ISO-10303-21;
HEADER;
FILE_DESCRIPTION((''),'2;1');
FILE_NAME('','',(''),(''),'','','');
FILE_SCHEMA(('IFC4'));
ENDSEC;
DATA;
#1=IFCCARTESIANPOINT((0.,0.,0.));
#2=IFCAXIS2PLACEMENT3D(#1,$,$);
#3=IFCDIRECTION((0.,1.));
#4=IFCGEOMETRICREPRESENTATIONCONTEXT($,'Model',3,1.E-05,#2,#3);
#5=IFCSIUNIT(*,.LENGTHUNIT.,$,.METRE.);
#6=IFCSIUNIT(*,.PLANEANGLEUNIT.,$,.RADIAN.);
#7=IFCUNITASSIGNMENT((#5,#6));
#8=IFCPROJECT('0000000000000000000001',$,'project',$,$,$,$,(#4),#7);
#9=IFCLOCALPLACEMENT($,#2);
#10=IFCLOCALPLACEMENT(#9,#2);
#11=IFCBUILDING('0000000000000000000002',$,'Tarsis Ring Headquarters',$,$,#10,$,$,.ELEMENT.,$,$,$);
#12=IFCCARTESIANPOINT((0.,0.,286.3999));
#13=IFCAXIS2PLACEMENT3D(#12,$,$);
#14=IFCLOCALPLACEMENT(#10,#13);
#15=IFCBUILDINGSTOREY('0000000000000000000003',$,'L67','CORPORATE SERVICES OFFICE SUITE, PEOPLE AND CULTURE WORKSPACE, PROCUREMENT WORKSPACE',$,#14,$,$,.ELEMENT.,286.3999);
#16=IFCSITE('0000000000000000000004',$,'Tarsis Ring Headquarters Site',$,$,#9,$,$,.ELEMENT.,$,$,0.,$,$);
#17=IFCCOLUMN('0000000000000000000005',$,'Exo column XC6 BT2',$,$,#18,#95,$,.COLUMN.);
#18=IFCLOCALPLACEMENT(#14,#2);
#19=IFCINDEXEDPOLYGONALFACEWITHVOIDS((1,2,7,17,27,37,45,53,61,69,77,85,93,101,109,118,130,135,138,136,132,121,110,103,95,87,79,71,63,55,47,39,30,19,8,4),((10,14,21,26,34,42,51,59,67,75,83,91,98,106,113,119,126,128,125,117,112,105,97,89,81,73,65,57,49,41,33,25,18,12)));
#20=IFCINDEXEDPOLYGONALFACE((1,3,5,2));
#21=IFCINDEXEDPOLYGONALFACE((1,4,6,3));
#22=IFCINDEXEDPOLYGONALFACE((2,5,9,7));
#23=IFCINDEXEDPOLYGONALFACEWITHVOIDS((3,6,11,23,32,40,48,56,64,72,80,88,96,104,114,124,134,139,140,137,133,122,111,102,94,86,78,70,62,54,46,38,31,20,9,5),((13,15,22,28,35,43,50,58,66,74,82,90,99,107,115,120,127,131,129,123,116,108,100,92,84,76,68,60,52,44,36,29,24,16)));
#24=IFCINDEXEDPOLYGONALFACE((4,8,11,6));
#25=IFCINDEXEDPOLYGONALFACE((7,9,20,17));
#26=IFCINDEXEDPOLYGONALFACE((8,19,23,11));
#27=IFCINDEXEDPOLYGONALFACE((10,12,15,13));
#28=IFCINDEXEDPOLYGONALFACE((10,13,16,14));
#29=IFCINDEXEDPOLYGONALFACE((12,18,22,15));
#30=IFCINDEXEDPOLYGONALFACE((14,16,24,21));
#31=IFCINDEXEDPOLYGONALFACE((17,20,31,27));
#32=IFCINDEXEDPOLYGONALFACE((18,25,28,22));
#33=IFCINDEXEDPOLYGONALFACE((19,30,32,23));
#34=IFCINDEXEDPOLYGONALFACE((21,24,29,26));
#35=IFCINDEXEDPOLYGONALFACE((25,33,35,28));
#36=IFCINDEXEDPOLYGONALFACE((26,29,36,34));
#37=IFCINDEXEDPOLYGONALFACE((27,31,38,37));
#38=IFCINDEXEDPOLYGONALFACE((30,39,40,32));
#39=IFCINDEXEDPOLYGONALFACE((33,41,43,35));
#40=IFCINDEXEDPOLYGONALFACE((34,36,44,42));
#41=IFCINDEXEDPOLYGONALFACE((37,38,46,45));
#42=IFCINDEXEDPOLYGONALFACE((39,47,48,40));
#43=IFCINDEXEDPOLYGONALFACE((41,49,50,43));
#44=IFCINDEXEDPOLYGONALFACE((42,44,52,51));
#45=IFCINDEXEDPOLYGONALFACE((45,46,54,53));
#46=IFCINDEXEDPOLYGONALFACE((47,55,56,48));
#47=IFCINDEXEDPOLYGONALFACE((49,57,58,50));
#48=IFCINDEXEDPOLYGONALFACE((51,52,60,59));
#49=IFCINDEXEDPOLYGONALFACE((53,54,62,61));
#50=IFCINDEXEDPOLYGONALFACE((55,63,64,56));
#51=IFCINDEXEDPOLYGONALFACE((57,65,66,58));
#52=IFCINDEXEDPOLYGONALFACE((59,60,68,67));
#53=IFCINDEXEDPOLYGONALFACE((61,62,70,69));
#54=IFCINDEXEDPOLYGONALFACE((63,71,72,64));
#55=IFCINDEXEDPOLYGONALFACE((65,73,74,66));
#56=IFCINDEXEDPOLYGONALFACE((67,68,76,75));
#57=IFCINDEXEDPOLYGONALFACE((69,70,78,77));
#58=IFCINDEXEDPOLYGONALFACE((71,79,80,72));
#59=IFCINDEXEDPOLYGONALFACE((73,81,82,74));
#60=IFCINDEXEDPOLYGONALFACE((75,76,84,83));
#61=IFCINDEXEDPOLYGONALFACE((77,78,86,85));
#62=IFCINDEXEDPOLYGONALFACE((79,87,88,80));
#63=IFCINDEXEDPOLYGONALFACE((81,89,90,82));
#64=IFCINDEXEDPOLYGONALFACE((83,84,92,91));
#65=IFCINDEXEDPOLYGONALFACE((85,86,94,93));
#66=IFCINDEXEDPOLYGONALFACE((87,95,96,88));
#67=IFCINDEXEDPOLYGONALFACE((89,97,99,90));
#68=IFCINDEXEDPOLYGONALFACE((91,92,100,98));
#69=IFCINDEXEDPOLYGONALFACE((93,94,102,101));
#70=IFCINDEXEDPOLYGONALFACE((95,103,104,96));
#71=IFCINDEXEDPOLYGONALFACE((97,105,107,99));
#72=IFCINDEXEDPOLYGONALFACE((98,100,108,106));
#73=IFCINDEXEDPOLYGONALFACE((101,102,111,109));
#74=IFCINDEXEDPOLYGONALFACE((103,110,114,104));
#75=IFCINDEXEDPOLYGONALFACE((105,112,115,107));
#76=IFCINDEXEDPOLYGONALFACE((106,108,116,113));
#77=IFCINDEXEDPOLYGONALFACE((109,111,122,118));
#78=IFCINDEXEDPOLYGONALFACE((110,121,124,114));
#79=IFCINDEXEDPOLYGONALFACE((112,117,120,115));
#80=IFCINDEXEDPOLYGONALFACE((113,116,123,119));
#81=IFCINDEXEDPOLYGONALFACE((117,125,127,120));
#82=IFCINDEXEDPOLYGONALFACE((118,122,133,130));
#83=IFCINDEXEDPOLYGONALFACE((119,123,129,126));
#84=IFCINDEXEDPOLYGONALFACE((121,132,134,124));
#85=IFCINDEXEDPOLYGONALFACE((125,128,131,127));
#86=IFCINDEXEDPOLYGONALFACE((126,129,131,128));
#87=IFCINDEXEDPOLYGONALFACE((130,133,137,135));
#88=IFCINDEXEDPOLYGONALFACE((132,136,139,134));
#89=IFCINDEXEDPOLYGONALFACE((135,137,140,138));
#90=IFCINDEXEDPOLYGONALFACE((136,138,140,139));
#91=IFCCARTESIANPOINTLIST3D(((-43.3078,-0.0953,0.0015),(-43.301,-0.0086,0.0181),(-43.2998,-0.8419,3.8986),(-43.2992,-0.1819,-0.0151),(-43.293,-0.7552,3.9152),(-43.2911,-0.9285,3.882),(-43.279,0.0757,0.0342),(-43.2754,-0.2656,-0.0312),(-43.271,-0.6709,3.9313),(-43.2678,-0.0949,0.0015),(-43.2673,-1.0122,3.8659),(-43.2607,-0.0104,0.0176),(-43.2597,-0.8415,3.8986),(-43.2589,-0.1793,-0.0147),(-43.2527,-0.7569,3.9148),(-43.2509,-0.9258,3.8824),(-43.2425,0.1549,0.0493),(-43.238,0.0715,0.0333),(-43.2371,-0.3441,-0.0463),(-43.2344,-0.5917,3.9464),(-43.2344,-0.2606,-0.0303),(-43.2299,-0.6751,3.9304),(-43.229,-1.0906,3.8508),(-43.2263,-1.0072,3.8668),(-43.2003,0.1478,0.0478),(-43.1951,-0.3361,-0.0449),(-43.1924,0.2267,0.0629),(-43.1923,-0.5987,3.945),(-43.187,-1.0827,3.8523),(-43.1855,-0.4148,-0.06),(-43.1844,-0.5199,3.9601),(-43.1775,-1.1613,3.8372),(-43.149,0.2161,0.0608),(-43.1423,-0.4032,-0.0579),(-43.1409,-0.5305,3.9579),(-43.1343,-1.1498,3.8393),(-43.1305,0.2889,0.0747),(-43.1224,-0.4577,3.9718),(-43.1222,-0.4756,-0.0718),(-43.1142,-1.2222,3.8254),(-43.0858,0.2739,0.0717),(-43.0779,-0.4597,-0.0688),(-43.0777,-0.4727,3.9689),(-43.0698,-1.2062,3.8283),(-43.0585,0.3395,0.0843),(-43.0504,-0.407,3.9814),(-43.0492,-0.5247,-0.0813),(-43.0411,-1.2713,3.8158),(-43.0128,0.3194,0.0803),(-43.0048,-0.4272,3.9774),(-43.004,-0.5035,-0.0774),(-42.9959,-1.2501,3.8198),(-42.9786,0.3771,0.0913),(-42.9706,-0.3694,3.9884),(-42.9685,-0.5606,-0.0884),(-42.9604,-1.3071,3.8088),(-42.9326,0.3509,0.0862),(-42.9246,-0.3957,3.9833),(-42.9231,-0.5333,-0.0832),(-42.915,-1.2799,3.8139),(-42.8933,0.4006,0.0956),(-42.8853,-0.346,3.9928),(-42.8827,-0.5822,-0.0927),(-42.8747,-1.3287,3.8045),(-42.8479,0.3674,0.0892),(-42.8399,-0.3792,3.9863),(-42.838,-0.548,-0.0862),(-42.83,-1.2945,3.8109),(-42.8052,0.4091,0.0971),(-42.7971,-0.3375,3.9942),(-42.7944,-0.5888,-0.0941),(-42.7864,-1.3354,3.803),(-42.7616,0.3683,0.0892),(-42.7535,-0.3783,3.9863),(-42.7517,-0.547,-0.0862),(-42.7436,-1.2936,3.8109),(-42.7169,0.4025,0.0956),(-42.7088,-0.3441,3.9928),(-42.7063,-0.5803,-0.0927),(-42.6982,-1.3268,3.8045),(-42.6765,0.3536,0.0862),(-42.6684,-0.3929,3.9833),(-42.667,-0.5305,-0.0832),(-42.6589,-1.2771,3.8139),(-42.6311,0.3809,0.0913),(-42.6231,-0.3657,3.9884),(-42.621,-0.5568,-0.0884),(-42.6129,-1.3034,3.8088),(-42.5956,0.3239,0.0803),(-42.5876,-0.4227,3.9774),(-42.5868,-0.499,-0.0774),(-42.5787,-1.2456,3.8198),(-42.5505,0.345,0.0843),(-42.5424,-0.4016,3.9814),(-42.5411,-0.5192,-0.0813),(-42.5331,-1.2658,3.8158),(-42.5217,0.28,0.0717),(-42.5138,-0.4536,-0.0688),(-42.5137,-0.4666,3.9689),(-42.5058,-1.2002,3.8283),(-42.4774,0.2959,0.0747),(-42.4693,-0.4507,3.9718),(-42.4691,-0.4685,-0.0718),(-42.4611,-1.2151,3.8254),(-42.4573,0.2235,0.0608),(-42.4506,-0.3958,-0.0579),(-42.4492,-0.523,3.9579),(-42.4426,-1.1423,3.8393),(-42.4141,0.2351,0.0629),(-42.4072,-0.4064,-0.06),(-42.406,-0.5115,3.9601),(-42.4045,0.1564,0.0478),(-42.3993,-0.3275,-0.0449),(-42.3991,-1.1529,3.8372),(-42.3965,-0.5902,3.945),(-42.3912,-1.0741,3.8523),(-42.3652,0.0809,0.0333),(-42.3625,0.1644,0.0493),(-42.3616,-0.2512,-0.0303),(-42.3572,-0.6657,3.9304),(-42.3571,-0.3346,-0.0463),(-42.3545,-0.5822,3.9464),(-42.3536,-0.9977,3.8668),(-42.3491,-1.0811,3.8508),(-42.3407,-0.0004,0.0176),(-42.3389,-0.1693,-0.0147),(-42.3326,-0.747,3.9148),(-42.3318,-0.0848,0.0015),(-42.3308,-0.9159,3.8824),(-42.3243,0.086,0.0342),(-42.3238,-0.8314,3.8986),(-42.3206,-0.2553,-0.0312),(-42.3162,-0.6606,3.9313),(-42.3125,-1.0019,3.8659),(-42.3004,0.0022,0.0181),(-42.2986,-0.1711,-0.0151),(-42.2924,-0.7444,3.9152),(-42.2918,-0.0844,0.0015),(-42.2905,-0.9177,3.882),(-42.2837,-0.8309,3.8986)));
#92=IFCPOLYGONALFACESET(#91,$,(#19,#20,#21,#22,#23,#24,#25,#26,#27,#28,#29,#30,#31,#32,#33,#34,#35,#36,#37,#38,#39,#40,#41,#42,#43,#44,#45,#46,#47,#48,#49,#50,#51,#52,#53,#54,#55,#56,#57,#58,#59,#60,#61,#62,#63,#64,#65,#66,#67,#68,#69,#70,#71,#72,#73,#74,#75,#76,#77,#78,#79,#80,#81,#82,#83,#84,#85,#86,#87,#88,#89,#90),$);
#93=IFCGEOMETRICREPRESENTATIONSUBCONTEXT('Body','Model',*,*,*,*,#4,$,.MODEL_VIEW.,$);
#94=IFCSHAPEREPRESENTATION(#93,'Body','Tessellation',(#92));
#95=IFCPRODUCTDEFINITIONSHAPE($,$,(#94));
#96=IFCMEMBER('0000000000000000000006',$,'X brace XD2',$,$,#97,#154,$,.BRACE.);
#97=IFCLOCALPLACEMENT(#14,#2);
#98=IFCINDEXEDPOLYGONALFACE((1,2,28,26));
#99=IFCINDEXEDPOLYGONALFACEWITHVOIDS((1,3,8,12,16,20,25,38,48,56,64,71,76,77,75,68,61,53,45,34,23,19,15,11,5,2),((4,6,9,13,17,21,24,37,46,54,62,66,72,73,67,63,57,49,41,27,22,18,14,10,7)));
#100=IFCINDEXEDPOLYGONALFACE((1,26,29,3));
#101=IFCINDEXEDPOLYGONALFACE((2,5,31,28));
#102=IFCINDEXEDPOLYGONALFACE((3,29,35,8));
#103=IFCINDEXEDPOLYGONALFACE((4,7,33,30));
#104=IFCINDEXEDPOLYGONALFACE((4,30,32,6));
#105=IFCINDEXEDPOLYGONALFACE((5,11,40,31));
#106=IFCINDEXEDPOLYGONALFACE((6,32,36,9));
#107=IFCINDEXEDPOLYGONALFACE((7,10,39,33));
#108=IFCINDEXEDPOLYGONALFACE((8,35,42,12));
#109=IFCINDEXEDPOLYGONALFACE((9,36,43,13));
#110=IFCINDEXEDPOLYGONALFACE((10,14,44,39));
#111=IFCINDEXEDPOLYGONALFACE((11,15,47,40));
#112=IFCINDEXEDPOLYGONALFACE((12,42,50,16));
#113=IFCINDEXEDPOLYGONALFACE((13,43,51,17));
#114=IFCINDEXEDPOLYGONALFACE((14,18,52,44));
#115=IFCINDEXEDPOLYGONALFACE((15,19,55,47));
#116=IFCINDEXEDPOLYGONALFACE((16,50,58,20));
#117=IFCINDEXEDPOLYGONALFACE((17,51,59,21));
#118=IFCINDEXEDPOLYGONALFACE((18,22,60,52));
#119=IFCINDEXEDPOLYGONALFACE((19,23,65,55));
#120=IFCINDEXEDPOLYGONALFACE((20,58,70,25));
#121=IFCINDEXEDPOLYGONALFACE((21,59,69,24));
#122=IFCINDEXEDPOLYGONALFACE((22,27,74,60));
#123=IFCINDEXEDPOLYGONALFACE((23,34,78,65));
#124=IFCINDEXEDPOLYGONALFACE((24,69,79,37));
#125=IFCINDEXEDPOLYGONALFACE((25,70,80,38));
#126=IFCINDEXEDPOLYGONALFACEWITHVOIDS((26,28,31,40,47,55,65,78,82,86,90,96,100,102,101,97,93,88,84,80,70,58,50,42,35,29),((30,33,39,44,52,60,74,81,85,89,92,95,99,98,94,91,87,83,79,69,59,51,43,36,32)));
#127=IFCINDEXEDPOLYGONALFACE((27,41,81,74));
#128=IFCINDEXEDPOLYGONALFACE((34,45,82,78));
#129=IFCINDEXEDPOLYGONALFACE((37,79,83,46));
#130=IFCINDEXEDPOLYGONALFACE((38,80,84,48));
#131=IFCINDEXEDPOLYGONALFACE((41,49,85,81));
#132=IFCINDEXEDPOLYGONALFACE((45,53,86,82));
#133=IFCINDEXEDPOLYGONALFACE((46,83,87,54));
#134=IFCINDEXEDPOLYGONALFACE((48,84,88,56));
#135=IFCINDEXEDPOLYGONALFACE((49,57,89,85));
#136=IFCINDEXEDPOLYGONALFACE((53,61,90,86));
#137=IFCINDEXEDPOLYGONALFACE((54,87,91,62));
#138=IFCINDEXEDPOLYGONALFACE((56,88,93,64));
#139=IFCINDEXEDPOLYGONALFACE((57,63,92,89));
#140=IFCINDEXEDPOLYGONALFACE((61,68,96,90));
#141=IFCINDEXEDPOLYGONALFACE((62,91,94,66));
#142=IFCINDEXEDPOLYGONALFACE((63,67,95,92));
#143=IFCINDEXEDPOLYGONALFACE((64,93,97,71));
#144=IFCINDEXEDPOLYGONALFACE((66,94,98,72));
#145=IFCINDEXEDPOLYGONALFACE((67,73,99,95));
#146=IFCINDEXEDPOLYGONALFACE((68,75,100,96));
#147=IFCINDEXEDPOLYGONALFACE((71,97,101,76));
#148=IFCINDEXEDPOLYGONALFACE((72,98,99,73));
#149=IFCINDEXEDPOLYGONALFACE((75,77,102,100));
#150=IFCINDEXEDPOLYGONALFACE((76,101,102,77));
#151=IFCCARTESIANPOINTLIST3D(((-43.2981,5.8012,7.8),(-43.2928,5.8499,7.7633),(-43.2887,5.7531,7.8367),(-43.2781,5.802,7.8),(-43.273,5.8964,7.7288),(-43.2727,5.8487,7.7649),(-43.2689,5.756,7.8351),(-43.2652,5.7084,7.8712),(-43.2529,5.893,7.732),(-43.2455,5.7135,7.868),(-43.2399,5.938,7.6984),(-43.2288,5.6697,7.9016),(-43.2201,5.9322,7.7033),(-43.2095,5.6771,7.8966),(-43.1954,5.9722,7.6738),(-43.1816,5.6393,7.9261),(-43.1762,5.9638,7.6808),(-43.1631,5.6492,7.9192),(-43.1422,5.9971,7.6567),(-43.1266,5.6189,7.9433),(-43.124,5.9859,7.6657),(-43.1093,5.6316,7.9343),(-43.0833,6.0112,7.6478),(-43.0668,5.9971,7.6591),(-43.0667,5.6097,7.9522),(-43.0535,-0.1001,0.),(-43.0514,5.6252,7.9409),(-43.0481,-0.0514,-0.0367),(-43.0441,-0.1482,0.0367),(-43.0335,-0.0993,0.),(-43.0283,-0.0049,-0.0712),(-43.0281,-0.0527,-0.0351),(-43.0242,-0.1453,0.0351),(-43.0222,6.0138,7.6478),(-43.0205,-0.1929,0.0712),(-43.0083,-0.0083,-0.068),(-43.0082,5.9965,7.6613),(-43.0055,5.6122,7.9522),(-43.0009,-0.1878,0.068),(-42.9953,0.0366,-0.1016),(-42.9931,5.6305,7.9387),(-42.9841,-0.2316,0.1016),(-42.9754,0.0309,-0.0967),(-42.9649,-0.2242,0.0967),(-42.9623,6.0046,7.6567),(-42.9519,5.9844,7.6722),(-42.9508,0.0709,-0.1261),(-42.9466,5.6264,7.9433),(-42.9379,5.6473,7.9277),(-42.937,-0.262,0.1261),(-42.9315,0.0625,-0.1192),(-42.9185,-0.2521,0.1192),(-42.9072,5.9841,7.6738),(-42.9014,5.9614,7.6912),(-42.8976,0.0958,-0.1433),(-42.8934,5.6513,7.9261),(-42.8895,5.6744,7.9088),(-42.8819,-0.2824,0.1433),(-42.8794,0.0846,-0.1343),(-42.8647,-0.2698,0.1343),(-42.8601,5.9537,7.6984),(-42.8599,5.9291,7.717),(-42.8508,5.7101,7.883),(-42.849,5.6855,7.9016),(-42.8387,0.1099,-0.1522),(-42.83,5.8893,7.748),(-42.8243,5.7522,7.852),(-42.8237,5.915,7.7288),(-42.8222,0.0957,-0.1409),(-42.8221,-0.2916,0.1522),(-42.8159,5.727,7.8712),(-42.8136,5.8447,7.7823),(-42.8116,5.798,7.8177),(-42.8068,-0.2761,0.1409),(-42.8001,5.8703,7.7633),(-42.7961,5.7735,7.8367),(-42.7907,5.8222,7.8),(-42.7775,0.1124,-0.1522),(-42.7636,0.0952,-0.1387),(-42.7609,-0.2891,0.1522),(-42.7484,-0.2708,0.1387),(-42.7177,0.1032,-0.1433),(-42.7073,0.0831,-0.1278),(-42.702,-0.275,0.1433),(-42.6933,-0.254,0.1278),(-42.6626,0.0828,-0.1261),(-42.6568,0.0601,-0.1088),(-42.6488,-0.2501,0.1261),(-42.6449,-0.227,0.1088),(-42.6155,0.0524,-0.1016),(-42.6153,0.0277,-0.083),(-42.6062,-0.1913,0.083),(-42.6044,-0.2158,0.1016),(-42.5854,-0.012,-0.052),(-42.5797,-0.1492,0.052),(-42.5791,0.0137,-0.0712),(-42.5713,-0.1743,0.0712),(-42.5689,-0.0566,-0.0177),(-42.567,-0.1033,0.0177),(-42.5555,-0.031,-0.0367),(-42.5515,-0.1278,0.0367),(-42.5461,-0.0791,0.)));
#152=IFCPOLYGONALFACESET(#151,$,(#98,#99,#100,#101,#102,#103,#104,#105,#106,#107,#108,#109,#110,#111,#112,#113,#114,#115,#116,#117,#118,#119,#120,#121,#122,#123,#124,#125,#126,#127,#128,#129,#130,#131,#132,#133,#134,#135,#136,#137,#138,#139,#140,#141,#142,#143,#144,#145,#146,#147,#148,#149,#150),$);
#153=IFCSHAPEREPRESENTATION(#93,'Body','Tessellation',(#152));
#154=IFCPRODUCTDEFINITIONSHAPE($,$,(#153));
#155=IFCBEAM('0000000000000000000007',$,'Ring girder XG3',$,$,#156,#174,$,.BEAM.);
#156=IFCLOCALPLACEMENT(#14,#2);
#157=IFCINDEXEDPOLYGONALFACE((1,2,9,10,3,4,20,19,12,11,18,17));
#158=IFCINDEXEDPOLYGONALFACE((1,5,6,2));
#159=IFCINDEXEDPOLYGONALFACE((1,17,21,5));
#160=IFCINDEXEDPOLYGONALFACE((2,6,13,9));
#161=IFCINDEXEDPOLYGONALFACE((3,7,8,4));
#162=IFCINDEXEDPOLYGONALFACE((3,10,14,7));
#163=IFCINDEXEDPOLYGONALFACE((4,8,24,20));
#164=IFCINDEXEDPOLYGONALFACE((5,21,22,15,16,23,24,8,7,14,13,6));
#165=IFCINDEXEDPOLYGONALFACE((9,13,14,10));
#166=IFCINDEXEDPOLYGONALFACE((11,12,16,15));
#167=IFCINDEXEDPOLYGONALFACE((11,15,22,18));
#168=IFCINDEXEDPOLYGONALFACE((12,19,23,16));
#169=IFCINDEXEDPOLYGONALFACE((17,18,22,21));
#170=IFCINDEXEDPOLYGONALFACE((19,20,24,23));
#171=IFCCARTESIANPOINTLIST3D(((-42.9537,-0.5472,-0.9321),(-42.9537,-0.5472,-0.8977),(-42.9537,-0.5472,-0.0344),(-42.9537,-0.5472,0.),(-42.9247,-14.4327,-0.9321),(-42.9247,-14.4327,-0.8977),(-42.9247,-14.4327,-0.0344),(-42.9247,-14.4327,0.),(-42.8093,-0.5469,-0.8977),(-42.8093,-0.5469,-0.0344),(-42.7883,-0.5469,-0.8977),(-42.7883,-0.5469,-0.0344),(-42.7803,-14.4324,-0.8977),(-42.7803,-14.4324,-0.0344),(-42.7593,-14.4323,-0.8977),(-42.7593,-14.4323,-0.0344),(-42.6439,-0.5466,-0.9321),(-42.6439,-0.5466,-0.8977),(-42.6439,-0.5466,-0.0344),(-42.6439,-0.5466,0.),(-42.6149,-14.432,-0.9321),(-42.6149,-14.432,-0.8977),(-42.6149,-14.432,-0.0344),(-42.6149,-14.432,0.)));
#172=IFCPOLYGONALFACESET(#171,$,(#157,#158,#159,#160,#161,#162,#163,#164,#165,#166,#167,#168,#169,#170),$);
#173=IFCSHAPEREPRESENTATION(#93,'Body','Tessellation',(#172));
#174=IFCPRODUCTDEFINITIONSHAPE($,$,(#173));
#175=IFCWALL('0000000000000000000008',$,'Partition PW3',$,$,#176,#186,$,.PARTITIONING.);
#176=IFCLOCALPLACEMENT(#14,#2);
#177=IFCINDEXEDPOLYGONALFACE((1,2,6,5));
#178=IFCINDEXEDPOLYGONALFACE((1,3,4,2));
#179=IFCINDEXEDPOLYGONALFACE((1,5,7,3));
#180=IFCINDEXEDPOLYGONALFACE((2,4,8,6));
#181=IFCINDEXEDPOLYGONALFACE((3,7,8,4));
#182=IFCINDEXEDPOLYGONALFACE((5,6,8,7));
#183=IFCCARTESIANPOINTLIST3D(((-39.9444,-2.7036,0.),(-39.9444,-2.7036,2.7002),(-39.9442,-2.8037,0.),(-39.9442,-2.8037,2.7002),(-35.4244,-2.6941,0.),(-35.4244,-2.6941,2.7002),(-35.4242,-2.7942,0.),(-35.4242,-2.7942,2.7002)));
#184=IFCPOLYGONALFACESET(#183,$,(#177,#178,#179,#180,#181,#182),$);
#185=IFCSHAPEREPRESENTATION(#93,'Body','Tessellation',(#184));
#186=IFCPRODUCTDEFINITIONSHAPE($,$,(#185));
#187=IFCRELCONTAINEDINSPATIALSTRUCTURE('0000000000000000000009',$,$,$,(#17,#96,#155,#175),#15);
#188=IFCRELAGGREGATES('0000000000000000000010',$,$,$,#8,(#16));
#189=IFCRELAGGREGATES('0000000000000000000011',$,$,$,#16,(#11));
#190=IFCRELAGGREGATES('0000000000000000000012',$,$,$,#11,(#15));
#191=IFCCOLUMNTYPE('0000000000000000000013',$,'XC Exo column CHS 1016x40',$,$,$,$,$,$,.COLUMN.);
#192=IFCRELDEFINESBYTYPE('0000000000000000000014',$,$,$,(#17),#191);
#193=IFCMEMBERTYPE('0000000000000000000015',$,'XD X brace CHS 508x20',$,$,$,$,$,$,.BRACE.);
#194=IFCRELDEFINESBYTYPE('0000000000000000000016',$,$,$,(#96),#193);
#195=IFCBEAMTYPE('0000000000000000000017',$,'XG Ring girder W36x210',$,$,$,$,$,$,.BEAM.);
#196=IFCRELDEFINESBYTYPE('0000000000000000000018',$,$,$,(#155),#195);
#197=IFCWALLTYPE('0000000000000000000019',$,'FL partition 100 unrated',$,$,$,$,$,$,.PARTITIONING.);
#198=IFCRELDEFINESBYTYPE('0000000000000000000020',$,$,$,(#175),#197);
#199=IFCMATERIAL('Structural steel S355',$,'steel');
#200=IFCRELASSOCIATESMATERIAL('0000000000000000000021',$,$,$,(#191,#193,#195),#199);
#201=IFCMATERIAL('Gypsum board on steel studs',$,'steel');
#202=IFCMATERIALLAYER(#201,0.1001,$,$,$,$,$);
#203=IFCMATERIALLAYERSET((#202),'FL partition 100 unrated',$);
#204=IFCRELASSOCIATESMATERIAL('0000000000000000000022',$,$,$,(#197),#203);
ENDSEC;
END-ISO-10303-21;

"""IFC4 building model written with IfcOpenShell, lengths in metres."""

from ifc_helpers import new_model, si_unit, direction, frame, frame_2d, origin, origin_2d, place, context, subcontext, project, spatial, rectangle, hollow_circle, i_section, extrude, material, layer, layer_set, material_profile, profile_set, type_object, element, save


model = new_model("IFC4")

# Units and contexts
model_context = context("Model", 3, precision=1e-05, world=origin(), true_north=direction((0.0, 1.0)))
body_context = subcontext(model_context, "Body", "Model", "MODEL_VIEW")
ifc_project = project(units=[si_unit("LENGTHUNIT", "METRE"), si_unit("PLANEANGLEUNIT", "RADIAN")], contexts=[model_context])

# Site, building, storey
site_placement = place(None, origin())
site = spatial("IfcSite", under=ifc_project, at=site_placement, Name="Tarsis Ring Headquarters Site", CompositionType="ELEMENT", RefElevation=0.0)
building_placement = place(site_placement, origin())
building = spatial("IfcBuilding", under=site, at=building_placement, Name="Tarsis Ring Headquarters", CompositionType="ELEMENT")
storey_placement = place(building_placement, frame((0.0, 0.0, 286.3999)))
storey = spatial("IfcBuildingStorey", under=building, at=storey_placement, Name="L67", Description="CORPORATE SERVICES OFFICE SUITE, PEOPLE AND CULTURE WORKSPACE, PROCUREMENT WORKSPACE", CompositionType="ELEMENT", Elevation=286.3999)

# Column
ifc_material_1 = material(Name="Structural steel S355", Category="steel")
ifc_material_profile_1 = material_profile(ifc_material_1, hollow_circle(Radius=0.5081, WallThickness=0.04, at=origin_2d()), Name="CHS 1016x40")
ifc_profile_set_1 = profile_set([ifc_material_profile_1], Name="Structural steel S355")
column_type = type_object("IfcColumnType", Name="XC Exo column CHS 1016x40", PredefinedType="COLUMN", material=ifc_profile_set_1)
column_placement = place(storey_placement, frame((-42.7998, -0.0898, 0.0015), z_axis=(0.00203, -0.188146, 0.982139), x_axis=(0.999942, 0.010791, 0.0)))
element("IfcColumn", 1, at=column_placement, inside=storey, type_object=column_type, Name="Exo column XC6 BT2", PredefinedType="COLUMN", context=body_context, shape_type="SweptSolid", body=[
    extrude(hollow_circle(Radius=0.5081, WallThickness=0.04, at=origin_2d()), origin(), (0.0, 0.0, 1.0), 3.968),
])

# Member
ifc_material_profile_2 = material_profile(ifc_material_1, hollow_circle(Radius=0.2539, WallThickness=0.02, at=origin_2d()), Name="CHS 508x20")
ifc_profile_set_2 = profile_set([ifc_material_profile_2], Name="Structural steel S355")
member_type = type_object("IfcMemberType", Name="XD X brace CHS 508x20", PredefinedType="BRACE", material=ifc_profile_set_2)
member_placement = place(storey_placement, frame((-42.7998, -0.0896, 0.0), z_axis=(-0.025003, 0.603165, 0.797225), x_axis=(-0.999142, -0.041417, 0.0)))
element("IfcMember", 2, at=member_placement, inside=storey, type_object=member_type, Name="X brace XD2", PredefinedType="BRACE", context=body_context, shape_type="SweptSolid", body=[
    extrude(hollow_circle(Radius=0.2539, WallThickness=0.02, at=origin_2d()), origin(), (0.0, 0.0, 1.0), 9.7839),
])

# Beam
ifc_material_profile_3 = material_profile(ifc_material_1, i_section(OverallWidth=0.3098, OverallDepth=0.9321, WebThickness=0.021, FlangeThickness=0.0344, at=origin_2d()), Name="W36x210")
ifc_profile_set_3 = profile_set([ifc_material_profile_3], Name="Structural steel S355")
beam_type = type_object("IfcBeamType", Name="XG Ring girder W36x210", PredefinedType="BEAM", material=ifc_profile_set_3)
beam_placement = place(storey_placement, frame((-42.7988, -0.5469, -0.4661), z_axis=(0.002092, -0.999998, 0.0), x_axis=(0.999998, 0.002092, 0.0)))
element("IfcBeam", 3, at=beam_placement, inside=storey, type_object=beam_type, Name="Ring girder XG3", PredefinedType="BEAM", context=body_context, shape_type="SweptSolid", body=[
    extrude(i_section(OverallWidth=0.3098, OverallDepth=0.9321, WebThickness=0.021, FlangeThickness=0.0344, at=origin_2d()), origin(), (0.0, 0.0, 1.0), 13.8855),
])

# Wall
ifc_material_2 = material(Name="Gypsum board on steel studs", Category="steel")
ifc_layer_1 = layer(ifc_material_2, 0.1001)
ifc_layer_set_1 = layer_set([ifc_layer_1], Name="FL partition 100 unrated")
wall_type_1 = type_object("IfcWallType", Name="FL partition 100 unrated", PredefinedType="PARTITIONING", material=ifc_layer_set_1)
wall_1_placement = place(storey_placement, frame((-39.9443, -2.7537, 0.0), z_axis=(0.0, 0.0, 1.0), x_axis=(0.999998, 0.002107, 0.0)))
element("IfcWall", 4, at=wall_1_placement, inside=storey, type_object=wall_type_1, Name="Partition PW3", PredefinedType="PARTITIONING", context=body_context, shape_type="SweptSolid", body=[
    extrude(rectangle(XDim=4.52, YDim=0.1001, at=frame_2d((2.26, 0.0))), origin(), (0.0, 0.0, 1.0), 2.7002),
])

save(model, "model.ifc")
